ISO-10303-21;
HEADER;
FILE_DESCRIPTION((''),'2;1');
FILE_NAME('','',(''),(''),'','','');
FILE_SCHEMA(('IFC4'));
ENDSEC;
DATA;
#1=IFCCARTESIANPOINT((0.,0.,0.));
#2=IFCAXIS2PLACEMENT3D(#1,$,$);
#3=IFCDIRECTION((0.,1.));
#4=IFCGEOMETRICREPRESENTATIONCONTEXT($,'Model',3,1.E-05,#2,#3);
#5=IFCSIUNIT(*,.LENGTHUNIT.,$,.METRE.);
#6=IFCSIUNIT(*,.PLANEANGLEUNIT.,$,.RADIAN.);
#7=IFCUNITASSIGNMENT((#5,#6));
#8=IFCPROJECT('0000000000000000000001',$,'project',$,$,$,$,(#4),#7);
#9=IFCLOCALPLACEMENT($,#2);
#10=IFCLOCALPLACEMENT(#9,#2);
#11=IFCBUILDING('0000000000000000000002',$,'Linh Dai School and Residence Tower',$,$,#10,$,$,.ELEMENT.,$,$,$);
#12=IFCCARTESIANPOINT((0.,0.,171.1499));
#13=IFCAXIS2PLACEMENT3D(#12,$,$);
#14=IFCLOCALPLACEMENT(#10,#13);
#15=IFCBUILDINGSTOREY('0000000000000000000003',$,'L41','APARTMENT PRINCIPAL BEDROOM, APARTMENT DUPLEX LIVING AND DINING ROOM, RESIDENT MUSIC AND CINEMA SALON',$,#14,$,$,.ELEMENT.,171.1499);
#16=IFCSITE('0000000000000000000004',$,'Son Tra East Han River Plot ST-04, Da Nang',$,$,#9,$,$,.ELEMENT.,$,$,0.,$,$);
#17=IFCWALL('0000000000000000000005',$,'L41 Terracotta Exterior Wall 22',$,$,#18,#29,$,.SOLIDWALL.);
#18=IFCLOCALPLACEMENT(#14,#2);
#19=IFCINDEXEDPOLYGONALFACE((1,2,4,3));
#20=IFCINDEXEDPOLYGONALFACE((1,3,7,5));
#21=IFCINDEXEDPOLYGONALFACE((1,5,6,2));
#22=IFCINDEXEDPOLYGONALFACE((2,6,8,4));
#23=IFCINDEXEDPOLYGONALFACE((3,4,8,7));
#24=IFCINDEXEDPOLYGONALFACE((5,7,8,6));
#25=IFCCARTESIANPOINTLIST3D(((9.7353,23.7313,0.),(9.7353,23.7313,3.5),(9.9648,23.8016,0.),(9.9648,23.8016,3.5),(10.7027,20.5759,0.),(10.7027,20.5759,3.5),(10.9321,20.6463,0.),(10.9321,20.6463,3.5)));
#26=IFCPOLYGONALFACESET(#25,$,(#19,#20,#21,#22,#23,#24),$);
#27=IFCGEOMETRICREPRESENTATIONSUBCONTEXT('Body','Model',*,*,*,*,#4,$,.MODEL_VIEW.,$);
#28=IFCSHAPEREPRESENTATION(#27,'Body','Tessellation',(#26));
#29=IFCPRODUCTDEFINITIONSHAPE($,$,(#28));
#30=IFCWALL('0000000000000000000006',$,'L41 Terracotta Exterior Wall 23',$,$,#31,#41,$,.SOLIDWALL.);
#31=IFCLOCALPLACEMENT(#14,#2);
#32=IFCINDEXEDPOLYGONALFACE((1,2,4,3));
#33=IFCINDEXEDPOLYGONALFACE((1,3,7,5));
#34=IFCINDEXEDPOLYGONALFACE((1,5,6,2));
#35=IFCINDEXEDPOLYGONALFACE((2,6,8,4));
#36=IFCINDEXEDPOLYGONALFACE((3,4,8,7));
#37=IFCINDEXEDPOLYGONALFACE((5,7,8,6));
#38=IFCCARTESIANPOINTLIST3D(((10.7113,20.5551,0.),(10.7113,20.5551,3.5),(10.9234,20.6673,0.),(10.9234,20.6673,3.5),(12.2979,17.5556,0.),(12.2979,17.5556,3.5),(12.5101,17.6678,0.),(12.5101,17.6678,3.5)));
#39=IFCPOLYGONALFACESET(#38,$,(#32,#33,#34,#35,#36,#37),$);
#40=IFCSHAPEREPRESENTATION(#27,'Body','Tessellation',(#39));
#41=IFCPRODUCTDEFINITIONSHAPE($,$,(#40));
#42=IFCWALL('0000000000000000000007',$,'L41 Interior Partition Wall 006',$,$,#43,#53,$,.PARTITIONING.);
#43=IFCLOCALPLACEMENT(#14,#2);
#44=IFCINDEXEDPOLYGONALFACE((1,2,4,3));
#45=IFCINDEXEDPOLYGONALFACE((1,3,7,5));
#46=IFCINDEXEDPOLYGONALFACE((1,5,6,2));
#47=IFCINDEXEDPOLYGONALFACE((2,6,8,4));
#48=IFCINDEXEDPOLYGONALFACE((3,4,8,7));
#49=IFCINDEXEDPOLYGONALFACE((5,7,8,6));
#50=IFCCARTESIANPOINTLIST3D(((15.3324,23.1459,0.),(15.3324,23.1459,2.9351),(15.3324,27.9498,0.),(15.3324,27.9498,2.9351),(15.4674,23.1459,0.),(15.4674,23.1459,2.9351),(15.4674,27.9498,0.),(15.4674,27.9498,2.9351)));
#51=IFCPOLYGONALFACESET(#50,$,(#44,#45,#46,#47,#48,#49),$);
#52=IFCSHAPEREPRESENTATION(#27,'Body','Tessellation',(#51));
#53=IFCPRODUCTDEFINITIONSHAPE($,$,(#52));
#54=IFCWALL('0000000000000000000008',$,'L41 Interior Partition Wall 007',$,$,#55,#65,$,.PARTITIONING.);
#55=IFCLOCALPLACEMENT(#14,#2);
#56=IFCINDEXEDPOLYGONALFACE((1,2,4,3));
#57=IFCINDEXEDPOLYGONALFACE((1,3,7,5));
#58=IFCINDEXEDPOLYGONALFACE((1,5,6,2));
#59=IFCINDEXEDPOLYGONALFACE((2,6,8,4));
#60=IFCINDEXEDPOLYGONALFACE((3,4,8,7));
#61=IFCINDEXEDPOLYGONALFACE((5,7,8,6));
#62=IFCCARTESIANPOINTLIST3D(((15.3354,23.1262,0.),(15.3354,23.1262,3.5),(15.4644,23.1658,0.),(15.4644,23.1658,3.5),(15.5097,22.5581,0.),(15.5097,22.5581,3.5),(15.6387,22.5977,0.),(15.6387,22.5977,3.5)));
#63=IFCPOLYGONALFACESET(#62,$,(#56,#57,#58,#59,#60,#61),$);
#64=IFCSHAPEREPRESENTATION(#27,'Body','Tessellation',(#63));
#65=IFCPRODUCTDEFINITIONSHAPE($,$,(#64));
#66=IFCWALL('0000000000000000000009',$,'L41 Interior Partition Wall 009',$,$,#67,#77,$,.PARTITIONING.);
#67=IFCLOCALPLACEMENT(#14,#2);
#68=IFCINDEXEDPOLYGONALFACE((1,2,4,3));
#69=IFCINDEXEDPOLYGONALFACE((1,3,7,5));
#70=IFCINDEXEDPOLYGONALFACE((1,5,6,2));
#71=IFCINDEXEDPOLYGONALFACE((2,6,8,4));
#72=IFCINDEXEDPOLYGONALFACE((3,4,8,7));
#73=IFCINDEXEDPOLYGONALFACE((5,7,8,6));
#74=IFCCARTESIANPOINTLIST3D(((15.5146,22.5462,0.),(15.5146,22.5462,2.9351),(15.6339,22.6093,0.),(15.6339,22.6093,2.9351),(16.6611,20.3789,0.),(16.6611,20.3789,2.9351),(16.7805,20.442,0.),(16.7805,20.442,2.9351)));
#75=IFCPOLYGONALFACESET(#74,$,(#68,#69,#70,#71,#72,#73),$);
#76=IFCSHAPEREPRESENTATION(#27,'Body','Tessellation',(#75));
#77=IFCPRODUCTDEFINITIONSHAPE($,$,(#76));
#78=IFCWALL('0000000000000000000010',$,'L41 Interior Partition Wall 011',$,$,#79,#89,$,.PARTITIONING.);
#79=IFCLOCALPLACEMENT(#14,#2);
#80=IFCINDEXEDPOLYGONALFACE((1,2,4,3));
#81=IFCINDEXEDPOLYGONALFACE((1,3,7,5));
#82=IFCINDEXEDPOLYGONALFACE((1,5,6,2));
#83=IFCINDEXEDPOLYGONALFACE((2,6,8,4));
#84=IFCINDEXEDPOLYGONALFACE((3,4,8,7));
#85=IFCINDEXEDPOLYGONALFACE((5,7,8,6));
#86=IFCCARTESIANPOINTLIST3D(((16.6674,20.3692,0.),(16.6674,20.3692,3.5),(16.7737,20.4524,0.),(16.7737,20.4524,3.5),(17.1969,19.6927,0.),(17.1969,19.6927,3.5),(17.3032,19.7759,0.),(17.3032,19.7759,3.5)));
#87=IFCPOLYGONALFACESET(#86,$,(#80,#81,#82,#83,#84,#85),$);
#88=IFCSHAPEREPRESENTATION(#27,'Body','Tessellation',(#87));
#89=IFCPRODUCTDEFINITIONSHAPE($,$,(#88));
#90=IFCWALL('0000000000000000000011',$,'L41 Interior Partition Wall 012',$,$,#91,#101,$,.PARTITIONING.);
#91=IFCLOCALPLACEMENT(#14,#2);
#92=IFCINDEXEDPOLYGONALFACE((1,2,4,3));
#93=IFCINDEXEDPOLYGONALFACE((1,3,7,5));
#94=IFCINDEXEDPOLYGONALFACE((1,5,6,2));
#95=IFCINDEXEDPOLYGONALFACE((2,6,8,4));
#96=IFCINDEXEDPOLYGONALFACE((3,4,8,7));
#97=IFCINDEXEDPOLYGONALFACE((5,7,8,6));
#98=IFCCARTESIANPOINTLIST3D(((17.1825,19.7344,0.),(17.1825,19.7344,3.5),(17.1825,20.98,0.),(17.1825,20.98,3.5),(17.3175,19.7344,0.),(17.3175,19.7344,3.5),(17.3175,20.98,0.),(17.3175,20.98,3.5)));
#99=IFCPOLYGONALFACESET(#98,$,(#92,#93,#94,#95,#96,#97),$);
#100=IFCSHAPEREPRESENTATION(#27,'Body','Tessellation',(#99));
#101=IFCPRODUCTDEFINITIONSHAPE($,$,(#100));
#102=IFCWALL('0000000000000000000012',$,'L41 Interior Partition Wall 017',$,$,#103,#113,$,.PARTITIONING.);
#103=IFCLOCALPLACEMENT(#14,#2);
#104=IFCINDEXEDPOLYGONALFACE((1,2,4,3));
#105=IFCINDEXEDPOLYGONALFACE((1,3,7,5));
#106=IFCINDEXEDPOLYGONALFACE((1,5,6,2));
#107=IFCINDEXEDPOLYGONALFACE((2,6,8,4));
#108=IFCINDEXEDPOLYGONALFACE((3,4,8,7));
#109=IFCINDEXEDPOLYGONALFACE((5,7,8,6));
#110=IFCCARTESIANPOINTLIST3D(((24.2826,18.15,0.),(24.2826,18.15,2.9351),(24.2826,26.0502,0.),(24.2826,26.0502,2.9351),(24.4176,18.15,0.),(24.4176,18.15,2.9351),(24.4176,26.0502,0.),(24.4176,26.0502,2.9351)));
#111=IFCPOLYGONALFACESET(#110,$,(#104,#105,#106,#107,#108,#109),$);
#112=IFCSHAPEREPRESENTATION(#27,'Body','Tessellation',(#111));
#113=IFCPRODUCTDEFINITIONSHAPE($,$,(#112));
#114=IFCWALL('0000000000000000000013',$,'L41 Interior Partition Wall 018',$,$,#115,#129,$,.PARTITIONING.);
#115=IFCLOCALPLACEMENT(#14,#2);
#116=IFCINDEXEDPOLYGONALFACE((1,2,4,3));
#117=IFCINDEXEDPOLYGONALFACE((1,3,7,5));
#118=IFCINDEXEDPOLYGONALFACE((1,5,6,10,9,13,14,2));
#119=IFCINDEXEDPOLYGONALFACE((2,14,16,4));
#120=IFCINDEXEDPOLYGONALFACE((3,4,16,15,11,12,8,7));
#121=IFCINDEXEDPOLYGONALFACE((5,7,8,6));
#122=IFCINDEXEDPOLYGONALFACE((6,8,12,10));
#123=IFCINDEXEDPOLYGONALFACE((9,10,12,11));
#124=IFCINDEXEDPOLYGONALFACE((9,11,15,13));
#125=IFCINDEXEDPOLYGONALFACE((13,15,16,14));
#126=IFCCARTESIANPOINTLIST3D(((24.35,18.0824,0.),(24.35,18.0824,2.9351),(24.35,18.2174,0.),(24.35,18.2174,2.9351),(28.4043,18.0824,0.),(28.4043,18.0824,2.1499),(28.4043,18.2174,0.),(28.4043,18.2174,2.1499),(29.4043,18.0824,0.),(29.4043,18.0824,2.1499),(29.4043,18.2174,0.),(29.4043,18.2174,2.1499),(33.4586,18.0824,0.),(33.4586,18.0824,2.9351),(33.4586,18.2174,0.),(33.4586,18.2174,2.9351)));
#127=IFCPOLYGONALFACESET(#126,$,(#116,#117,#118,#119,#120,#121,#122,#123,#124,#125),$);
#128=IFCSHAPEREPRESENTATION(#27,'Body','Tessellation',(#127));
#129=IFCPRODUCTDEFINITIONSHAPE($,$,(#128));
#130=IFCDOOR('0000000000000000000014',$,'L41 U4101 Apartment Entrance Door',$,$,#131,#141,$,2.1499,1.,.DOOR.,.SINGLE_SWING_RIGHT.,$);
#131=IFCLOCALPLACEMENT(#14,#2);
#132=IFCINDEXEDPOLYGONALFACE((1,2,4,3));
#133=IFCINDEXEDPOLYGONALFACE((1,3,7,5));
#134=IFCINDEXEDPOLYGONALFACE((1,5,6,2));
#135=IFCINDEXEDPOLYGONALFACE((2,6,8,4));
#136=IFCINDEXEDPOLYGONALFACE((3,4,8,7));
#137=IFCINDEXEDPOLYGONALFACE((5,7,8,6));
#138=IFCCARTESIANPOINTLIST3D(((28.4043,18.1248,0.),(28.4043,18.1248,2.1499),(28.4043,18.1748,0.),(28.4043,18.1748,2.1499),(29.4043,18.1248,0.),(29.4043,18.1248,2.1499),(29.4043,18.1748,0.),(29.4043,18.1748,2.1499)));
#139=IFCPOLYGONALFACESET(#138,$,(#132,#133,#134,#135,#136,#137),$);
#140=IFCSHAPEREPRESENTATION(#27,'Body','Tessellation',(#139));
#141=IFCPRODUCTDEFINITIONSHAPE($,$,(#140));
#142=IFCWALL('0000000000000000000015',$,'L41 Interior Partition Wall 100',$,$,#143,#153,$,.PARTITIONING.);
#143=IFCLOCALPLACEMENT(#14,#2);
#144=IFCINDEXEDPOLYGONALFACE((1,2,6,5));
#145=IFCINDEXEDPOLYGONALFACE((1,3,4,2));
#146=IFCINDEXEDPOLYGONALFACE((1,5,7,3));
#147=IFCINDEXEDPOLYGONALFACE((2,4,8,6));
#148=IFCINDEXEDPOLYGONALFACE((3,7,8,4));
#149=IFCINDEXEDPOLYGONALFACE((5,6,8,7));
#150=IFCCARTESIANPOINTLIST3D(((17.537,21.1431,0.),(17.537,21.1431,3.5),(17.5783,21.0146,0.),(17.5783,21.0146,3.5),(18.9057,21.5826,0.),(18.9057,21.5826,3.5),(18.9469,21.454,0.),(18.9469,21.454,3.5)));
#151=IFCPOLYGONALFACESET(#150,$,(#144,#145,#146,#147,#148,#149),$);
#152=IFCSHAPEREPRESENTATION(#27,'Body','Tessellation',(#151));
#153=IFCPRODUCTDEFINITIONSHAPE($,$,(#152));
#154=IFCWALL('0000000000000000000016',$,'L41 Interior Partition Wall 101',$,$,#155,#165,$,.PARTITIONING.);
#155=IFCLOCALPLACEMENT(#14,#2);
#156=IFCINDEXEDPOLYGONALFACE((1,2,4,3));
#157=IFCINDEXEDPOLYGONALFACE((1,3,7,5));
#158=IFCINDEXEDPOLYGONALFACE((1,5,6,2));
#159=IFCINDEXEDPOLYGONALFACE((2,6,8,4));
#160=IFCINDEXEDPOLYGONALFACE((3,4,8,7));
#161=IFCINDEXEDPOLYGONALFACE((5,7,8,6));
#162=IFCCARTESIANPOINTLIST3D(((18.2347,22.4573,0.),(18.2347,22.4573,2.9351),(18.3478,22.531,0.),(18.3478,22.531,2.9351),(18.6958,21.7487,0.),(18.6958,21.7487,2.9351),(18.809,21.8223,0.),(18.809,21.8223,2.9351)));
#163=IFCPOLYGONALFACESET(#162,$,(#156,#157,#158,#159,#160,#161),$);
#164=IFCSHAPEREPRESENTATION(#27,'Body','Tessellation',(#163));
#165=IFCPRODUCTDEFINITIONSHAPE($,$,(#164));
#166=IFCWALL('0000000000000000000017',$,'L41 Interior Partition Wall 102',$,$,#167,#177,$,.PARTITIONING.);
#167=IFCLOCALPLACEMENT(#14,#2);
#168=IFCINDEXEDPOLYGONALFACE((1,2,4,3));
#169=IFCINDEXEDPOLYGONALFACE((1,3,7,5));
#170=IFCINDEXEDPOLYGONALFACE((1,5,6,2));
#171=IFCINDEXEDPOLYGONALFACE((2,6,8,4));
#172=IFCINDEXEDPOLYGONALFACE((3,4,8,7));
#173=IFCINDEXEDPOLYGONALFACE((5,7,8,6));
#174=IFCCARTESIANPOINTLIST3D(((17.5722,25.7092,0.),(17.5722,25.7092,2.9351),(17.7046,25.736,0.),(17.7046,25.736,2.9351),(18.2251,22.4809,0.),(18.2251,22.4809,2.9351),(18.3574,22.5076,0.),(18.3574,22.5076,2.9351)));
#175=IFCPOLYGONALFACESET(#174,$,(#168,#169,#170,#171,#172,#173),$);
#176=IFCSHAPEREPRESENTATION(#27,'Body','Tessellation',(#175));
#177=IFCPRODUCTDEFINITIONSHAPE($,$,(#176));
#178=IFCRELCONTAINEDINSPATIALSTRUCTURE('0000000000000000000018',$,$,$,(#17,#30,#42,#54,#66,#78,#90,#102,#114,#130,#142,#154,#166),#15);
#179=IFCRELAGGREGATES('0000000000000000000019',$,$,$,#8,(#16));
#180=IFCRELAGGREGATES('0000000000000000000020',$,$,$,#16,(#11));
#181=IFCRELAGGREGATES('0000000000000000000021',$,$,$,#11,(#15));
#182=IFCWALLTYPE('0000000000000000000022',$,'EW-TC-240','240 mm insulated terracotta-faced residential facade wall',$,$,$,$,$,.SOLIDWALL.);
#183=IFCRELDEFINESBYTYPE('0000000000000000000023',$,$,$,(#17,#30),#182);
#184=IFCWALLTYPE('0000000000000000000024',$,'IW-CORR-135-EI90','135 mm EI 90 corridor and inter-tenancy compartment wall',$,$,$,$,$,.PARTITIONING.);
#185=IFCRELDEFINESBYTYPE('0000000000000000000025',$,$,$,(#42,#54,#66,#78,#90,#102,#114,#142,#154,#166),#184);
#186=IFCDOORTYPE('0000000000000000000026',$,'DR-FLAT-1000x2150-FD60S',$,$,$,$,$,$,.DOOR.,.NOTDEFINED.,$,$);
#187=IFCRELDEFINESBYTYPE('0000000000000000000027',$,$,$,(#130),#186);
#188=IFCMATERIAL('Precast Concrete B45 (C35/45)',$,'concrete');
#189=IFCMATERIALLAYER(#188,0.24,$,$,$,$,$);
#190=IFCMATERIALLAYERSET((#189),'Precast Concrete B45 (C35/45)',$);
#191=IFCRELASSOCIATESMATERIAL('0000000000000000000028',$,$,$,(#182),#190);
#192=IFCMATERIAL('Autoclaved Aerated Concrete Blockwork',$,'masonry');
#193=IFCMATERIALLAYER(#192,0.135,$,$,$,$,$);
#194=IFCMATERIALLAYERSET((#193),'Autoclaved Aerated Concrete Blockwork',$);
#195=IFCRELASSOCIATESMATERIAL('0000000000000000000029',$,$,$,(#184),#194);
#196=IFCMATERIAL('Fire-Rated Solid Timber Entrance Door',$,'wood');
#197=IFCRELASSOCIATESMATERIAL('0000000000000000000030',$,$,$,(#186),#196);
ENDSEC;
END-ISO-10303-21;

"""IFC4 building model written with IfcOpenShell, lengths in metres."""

from ifc_helpers import new_model, si_unit, direction, frame, frame_2d, origin, origin_2d, place, context, subcontext, project, spatial, rectangle, extrude, source, transform, mapped, material, layer, layer_set, type_object, element, fill, save


model = new_model("IFC4")

# Units and contexts
model_context = context("Model", 3, precision=1e-05, world=origin(), true_north=direction((0.0, 1.0)))
body_context = subcontext(model_context, "Body", "Model", "MODEL_VIEW")
ifc_project = project(units=[si_unit("LENGTHUNIT", "METRE"), si_unit("PLANEANGLEUNIT", "RADIAN")], contexts=[model_context])

# Site, building, storey
site_placement = place(None, origin())
site = spatial("IfcSite", under=ifc_project, at=site_placement, Name="Son Tra East Han River Plot ST-04, Da Nang", CompositionType="ELEMENT", RefElevation=0.0)
building_placement = place(site_placement, origin())
building = spatial("IfcBuilding", under=site, at=building_placement, Name="Linh Dai School and Residence Tower", CompositionType="ELEMENT")
storey_placement = place(building_placement, frame((0.0, 0.0, 171.1499)))
storey = spatial("IfcBuildingStorey", under=building, at=storey_placement, Name="L41", Description="APARTMENT PRINCIPAL BEDROOM, APARTMENT DUPLEX LIVING AND DINING ROOM, RESIDENT MUSIC AND CINEMA SALON", CompositionType="ELEMENT", Elevation=171.1499)

# Shared definitions
ifc_material_1 = material(Name="Precast Concrete B45 (C35/45)", Category="concrete")

# Walls
ifc_layer_1 = layer(ifc_material_1, 0.24)
ifc_layer_set_1 = layer_set([ifc_layer_1], Name="Precast Concrete B45 (C35/45)")
wall_type_1 = type_object("IfcWallType", Name="EW-TC-240", Description="240 mm insulated terracotta-faced residential facade wall", PredefinedType="SOLIDWALL", material=ifc_layer_set_1)
wall_1_placement = place(storey_placement, frame((10.8174, 20.6111, 0.0), z_axis=(0.0, 0.0, 1.0), x_axis=(-0.293098, 0.956082, 0.0)))
element("IfcWall", 1, at=wall_1_placement, inside=storey, type_object=wall_type_1, Name="L41 Terracotta Exterior Wall 22", PredefinedType="SOLIDWALL", context=body_context, shape_type="SweptSolid", body=[
    extrude(rectangle(XDim=3.3003, YDim=0.24, at=frame_2d((1.6501, 0.0))), origin(), (0.0, 0.0, 1.0), 3.5),
])
wall_2_placement = place(storey_placement, frame((12.4041, 17.6116, 0.0), z_axis=(0.0, 0.0, 1.0), x_axis=(-0.467587, 0.883947, 0.0)))
element("IfcWall", 2, at=wall_2_placement, inside=storey, type_object=wall_type_1, Name="L41 Terracotta Exterior Wall 23", PredefinedType="SOLIDWALL", context=body_context, shape_type="SweptSolid", body=[
    extrude(rectangle(XDim=3.3933, YDim=0.24, at=frame_2d((1.6968, 0.0))), origin(), (0.0, 0.0, 1.0), 3.5),
])
ifc_material_2 = material(Name="Autoclaved Aerated Concrete Blockwork", Category="masonry")
ifc_layer_2 = layer(ifc_material_2, 0.135)
ifc_layer_set_2 = layer_set([ifc_layer_2], Name="Autoclaved Aerated Concrete Blockwork")
wall_type_2 = type_object("IfcWallType", Name="IW-CORR-135-EI90", Description="135 mm EI 90 corridor and inter-tenancy compartment wall", PredefinedType="PARTITIONING", material=ifc_layer_set_2)
wall_3_placement = place(storey_placement, frame((15.3999, 23.146, 0.0), z_axis=(0.0, 0.0, 1.0), x_axis=(0.0, 1.0, 0.0)))
element("IfcWall", 3, at=wall_3_placement, inside=storey, type_object=wall_type_2, Name="L41 Interior Partition Wall 006", PredefinedType="PARTITIONING", context=body_context, shape_type="SweptSolid", body=[
    extrude(rectangle(XDim=4.804, YDim=0.135, at=frame_2d((2.4019, 0.0))), origin(), (0.0, 0.0, 1.0), 2.9351),
])
wall_4_placement = place(storey_placement, frame((15.3999, 23.146, 0.0), z_axis=(0.0, 0.0, 1.0), x_axis=(0.293335, -0.95601, 0.0)))
element("IfcWall", 4, at=wall_4_placement, inside=storey, type_object=wall_type_2, Name="L41 Interior Partition Wall 007", PredefinedType="PARTITIONING", context=body_context, shape_type="SweptSolid", body=[
    extrude(rectangle(XDim=0.5942, YDim=0.135, at=frame_2d((0.2971, 0.0))), origin(), (0.0, 0.0, 1.0), 3.5),
])
wall_5_placement = place(storey_placement, frame((15.5742, 22.5779, 0.0), z_axis=(0.0, 0.0, 1.0), x_axis=(0.467609, -0.883936, 0.0)))
element("IfcWall", 5, at=wall_5_placement, inside=storey, type_object=wall_type_2, Name="L41 Interior Partition Wall 009", PredefinedType="PARTITIONING", context=body_context, shape_type="SweptSolid", body=[
    extrude(rectangle(XDim=2.4519, YDim=0.135, at=frame_2d((1.2261, 0.0))), origin(), (0.0, 0.0, 1.0), 2.9351),
])
wall_6_placement = place(storey_placement, frame((16.7205, 20.4109, 0.0), z_axis=(0.0, 0.0, 1.0), x_axis=(0.616377, -0.787451, 0.0)))
element("IfcWall", 6, at=wall_6_placement, inside=storey, type_object=wall_type_2, Name="L41 Interior Partition Wall 011", PredefinedType="PARTITIONING", context=body_context, shape_type="SweptSolid", body=[
    extrude(rectangle(XDim=0.8591, YDim=0.135, at=frame_2d((0.4297, 0.0))), origin(), (0.0, 0.0, 1.0), 3.5),
])
wall_7_placement = place(storey_placement, frame((17.25, 19.7344, 0.0), z_axis=(0.0, 0.0, 1.0), x_axis=(0.0, 1.0, 0.0)))
element("IfcWall", 7, at=wall_7_placement, inside=storey, type_object=wall_type_2, Name="L41 Interior Partition Wall 012", PredefinedType="PARTITIONING", context=body_context, shape_type="SweptSolid", body=[
    extrude(rectangle(XDim=1.2456, YDim=0.135, at=frame_2d((0.6228, 0.0))), origin(), (0.0, 0.0, 1.0), 3.5),
])
wall_8_placement = place(storey_placement, frame((24.3501, 18.1499, 0.0), z_axis=(0.0, 0.0, 1.0), x_axis=(0.0, 1.0, 0.0)))
element("IfcWall", 8, at=wall_8_placement, inside=storey, type_object=wall_type_2, Name="L41 Interior Partition Wall 017", PredefinedType="PARTITIONING", context=body_context, shape_type="SweptSolid", body=[
    extrude(rectangle(XDim=7.9001, YDim=0.135, at=frame_2d((3.9502, 0.0))), origin(), (0.0, 0.0, 1.0), 2.9351),
])

# Wall, opening, door
wall_9_placement = place(storey_placement, frame((24.3501, 18.1499, 0.0), z_axis=(0.0, 0.0, 1.0), x_axis=(1.0, 0.0, 0.0)))
wall_9 = element("IfcWall", 9, at=wall_9_placement, inside=storey, type_object=wall_type_2, Name="L41 Interior Partition Wall 018", PredefinedType="PARTITIONING", context=body_context, shape_type="SweptSolid", body=[
    extrude(rectangle(XDim=9.1086, YDim=0.135, at=frame_2d((4.5542, 0.0))), origin(), (0.0, 0.0, 1.0), 2.9351),
])
opening_1_placement = place(wall_9_placement, frame((4.0542, 0.0, 0.0)))
opening_1 = element("IfcOpeningElement", 10, at=opening_1_placement, cuts=wall_9, PredefinedType="OPENING", context=body_context, shape_type="SweptSolid", body=[
    extrude(rectangle(XDim=1.0, YDim=2.1499, at=origin_2d()), frame((0.5, 0.0776, 1.075), z_axis=(0.0, -1.0, 0.0), x_axis=(1.0, 0.0, 0.0)), (0.0, 0.0, 1.0), 0.155),
])
ifc_material_3 = material(Name="Fire-Rated Solid Timber Entrance Door", Category="wood")
door_type_1 = type_object("IfcDoorType", Name="DR-FLAT-1000x2150-FD60S", OperationType="NOTDEFINED", PredefinedType="DOOR", material=ifc_material_3)
shared_shape_1 = source(origin(), body_context, "Body", "SweptSolid", [
    extrude(rectangle(XDim=1.0, YDim=2.1499, at=origin_2d()), frame((0.5, 0.0249, 1.075), z_axis=(0.0, -1.0, 0.0), x_axis=(1.0, 0.0, 0.0)), (0.0, 0.0, 1.0), 0.05),
])
door_1_placement = place(opening_1_placement, origin())
door_1 = element("IfcDoor", 11, at=door_1_placement, inside=storey, type_object=door_type_1, Name="L41 U4101 Apartment Entrance Door", OperationType="SINGLE_SWING_RIGHT", OverallHeight=2.1499, OverallWidth=1.0, PredefinedType="DOOR", context=body_context, shape_type="MappedRepresentation", body=[
    mapped(shared_shape_1, transform((0.0, 0.0, 0.0), x_axis=(1.0, 0.0, 0.0), y_axis=(0.0, 1.0, 0.0), z_axis=(0.0, 0.0, 1.0), scale=1.0)),
])
fill(opening_1, door_1)

# Walls
wall_10_placement = place(storey_placement, frame((17.5576, 21.0789, 0.0), z_axis=(0.0, 0.0, 1.0), x_axis=(0.952124, 0.305712, 0.0)))
element("IfcWall", 12, at=wall_10_placement, inside=storey, type_object=wall_type_2, Name="L41 Interior Partition Wall 100", PredefinedType="PARTITIONING", context=body_context, shape_type="SweptSolid", body=[
    extrude(rectangle(XDim=1.4375, YDim=0.135, at=frame_2d((0.7188, 0.0))), origin(), (0.0, 0.0, 1.0), 3.5),
])
wall_11_placement = place(storey_placement, frame((18.7524, 21.7854, 0.0), z_axis=(0.0, 0.0, 1.0), x_axis=(-0.545404, 0.838173, 0.0)))
element("IfcWall", 13, at=wall_11_placement, inside=storey, type_object=wall_type_2, Name="L41 Interior Partition Wall 101", PredefinedType="PARTITIONING", context=body_context, shape_type="SweptSolid", body=[
    extrude(rectangle(XDim=0.8455, YDim=0.135, at=frame_2d((0.4229, 0.0))), origin(), (0.0, 0.0, 1.0), 2.9351),
])
wall_12_placement = place(storey_placement, frame((18.2913, 22.4941, 0.0), z_axis=(0.0, 0.0, 1.0), x_axis=(-0.198211, 0.980159, 0.0)))
element("IfcWall", 14, at=wall_12_placement, inside=storey, type_object=wall_type_2, Name="L41 Interior Partition Wall 102", PredefinedType="PARTITIONING", context=body_context, shape_type="SweptSolid", body=[
    extrude(rectangle(XDim=3.2937, YDim=0.135, at=frame_2d((1.647, 0.0))), origin(), (0.0, 0.0, 1.0), 2.9351),
])

save(model, "model.ifc")
